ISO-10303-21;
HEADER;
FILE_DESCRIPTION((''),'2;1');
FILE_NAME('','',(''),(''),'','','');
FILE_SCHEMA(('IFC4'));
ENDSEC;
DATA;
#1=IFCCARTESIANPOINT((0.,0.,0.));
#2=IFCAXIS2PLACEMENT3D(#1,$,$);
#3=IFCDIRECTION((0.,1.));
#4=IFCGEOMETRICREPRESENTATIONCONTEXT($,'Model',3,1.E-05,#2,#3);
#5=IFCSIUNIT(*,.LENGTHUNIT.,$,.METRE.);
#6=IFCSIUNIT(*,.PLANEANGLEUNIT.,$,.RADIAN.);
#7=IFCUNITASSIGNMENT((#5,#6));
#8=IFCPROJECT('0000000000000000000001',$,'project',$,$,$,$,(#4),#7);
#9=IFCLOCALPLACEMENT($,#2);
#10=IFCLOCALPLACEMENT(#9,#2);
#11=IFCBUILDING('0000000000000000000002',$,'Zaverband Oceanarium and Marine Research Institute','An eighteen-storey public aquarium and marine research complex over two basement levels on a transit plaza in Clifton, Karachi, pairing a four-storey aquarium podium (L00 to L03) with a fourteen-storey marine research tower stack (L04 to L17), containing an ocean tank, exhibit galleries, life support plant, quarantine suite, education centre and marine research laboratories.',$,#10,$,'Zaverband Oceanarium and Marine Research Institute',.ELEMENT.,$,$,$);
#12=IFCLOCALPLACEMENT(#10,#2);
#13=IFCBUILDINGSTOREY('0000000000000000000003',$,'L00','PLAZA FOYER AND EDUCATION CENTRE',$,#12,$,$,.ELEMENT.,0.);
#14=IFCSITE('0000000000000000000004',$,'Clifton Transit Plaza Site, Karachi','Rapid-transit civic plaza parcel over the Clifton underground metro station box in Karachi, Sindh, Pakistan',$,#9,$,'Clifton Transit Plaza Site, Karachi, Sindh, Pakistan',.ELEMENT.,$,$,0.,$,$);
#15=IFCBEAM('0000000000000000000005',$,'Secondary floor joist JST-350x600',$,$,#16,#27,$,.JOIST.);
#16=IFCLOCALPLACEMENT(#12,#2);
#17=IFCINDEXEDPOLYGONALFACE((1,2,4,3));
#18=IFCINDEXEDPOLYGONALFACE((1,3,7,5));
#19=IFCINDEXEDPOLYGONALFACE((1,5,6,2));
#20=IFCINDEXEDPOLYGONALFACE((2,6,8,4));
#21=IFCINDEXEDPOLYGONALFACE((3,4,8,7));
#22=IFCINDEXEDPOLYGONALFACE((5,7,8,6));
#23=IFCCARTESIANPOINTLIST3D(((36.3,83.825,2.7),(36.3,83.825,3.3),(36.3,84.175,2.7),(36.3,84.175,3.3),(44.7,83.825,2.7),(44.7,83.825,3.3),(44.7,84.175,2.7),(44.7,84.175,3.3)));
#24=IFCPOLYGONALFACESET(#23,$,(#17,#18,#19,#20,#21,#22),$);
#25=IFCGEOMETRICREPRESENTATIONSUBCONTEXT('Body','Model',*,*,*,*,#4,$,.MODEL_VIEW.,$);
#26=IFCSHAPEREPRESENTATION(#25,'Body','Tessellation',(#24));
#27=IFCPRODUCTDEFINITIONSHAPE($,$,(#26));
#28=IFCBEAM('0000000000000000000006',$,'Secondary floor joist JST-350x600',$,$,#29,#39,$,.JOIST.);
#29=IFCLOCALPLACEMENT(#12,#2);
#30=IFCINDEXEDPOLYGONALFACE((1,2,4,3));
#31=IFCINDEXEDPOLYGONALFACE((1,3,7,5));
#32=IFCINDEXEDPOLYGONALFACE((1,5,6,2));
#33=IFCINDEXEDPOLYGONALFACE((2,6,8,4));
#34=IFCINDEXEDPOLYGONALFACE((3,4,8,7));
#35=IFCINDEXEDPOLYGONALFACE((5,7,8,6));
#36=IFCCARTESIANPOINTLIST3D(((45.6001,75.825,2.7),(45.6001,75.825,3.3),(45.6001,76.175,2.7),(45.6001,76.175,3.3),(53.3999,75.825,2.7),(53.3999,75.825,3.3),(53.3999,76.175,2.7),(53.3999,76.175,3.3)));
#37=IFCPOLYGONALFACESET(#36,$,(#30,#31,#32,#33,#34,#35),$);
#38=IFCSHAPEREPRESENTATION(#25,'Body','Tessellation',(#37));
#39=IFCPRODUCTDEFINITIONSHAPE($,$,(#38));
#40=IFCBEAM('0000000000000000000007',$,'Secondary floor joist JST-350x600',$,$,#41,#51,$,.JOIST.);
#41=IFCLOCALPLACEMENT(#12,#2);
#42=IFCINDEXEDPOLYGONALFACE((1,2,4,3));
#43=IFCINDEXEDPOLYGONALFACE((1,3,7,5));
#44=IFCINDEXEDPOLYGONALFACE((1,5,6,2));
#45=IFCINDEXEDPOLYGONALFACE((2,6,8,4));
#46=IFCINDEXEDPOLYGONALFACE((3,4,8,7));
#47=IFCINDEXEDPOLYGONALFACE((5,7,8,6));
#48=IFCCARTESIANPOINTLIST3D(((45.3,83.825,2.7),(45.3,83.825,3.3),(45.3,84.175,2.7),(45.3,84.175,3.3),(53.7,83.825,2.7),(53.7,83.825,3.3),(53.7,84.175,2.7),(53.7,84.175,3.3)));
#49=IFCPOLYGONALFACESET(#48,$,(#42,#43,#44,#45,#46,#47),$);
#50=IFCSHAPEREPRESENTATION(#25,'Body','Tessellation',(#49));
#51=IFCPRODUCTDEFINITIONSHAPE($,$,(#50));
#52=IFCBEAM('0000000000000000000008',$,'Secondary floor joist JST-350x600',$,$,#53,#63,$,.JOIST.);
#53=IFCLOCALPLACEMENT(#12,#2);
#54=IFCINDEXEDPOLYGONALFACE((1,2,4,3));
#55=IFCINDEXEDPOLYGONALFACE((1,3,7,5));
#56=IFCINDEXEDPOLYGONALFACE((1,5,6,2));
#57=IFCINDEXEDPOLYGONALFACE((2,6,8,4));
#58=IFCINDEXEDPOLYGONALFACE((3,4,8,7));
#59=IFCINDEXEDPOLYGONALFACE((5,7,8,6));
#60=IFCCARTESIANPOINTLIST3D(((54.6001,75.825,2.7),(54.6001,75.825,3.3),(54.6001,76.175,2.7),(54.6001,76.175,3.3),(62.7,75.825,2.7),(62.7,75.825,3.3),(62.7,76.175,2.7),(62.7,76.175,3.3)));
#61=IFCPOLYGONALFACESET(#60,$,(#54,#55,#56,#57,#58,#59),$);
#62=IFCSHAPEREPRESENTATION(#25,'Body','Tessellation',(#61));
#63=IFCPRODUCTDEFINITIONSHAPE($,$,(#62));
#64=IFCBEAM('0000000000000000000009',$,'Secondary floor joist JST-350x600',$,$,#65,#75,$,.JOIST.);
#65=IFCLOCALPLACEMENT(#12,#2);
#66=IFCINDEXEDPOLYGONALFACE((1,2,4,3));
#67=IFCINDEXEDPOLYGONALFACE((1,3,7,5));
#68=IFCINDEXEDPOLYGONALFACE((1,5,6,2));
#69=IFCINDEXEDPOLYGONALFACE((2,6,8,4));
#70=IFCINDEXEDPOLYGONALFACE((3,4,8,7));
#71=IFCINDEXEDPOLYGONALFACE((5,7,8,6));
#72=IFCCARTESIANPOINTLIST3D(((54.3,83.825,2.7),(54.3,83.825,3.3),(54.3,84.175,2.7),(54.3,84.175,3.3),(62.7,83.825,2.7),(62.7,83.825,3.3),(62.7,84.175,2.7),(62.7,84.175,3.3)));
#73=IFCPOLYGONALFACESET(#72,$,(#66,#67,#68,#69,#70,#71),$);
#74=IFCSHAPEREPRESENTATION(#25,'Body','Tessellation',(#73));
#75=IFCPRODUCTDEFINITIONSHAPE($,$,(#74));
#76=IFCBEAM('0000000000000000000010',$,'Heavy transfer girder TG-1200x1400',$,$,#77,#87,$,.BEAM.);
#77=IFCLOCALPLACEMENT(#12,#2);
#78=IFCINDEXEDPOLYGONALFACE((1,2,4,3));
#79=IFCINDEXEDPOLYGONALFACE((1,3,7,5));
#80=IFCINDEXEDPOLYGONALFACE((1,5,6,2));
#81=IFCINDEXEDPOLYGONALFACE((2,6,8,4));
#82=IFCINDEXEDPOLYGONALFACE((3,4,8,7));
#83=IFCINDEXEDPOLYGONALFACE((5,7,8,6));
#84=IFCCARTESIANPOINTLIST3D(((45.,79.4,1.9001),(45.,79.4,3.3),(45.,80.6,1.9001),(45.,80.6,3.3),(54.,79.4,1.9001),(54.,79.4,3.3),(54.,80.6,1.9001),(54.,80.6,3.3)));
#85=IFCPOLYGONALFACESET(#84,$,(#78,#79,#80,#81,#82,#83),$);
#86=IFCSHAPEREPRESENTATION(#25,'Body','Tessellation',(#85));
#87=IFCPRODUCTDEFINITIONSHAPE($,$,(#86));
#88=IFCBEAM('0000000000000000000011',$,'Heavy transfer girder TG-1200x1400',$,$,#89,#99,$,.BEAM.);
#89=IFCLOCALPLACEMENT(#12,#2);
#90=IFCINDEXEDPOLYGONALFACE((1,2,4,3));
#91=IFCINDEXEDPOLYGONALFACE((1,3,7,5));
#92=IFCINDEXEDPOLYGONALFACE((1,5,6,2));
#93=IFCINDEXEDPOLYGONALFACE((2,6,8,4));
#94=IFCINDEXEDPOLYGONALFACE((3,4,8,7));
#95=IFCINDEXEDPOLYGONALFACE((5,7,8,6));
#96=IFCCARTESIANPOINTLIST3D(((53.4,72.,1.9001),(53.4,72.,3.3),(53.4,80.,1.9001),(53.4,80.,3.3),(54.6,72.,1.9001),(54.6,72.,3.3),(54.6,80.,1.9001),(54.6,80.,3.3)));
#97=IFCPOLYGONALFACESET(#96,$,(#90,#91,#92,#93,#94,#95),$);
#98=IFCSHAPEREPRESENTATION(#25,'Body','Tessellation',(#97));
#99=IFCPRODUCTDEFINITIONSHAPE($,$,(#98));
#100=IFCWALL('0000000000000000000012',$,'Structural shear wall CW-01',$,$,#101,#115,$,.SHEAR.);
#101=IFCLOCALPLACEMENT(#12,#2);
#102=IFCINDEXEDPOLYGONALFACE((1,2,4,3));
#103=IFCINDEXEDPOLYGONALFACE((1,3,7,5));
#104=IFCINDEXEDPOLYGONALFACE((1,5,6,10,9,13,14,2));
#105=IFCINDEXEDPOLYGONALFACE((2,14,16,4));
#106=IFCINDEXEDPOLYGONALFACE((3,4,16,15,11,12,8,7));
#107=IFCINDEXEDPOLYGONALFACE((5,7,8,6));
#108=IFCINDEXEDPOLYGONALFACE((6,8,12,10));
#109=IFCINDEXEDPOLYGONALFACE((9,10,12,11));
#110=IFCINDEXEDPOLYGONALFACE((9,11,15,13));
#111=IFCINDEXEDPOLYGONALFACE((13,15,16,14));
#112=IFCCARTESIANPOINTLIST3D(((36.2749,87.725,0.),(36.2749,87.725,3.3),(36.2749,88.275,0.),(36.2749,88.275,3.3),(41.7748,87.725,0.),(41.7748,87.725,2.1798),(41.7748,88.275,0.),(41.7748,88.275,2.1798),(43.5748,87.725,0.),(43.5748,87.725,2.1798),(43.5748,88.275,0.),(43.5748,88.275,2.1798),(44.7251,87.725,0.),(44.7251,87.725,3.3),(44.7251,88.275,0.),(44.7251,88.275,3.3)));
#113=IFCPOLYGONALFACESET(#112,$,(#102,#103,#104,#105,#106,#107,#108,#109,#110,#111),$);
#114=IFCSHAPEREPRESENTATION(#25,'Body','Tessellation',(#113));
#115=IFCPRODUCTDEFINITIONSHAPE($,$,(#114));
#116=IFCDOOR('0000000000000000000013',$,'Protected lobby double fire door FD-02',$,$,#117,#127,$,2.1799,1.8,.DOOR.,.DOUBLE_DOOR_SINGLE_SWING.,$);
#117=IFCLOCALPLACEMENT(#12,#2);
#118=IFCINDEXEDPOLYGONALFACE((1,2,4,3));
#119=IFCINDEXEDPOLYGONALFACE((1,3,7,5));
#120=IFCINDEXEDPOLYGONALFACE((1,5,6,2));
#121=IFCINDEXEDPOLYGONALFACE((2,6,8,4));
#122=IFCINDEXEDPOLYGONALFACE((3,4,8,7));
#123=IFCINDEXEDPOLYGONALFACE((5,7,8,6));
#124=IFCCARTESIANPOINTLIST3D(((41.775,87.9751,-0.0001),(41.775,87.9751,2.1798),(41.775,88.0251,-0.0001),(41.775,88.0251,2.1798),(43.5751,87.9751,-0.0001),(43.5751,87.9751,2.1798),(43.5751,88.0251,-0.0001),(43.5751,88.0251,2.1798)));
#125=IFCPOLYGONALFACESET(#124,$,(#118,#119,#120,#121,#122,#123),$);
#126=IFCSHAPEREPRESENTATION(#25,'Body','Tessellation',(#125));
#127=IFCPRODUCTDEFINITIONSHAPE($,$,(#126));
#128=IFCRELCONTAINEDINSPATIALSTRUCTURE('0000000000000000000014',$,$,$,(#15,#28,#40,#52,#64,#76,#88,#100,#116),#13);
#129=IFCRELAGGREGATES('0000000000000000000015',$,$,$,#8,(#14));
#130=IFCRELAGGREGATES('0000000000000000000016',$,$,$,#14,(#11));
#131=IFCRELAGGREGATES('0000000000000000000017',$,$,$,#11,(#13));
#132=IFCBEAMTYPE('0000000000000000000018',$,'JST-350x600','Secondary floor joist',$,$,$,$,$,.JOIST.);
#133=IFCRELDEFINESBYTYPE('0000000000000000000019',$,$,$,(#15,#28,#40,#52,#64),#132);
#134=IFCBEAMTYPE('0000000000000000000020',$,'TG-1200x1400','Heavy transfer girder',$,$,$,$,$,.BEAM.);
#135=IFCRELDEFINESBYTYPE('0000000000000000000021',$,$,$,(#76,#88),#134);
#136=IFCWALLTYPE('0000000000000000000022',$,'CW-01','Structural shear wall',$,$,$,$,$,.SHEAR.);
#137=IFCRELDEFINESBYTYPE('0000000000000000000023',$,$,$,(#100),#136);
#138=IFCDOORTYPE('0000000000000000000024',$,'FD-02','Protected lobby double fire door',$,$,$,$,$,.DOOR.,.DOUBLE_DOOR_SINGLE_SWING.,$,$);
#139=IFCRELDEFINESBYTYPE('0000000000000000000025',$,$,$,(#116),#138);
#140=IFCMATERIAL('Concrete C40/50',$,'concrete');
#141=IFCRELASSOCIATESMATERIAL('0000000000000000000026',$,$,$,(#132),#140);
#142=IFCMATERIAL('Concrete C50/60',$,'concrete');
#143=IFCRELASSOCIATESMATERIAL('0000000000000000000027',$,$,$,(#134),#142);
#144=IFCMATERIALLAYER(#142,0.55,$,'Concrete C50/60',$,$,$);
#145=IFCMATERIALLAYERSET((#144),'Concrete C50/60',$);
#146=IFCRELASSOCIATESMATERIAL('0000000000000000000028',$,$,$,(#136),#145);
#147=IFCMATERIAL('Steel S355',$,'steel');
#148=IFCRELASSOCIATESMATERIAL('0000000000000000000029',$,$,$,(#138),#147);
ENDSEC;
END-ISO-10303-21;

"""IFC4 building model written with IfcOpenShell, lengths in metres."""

from ifc_helpers import new_model, si_unit, direction, frame, frame_2d, origin, origin_2d, place, context, subcontext, project, spatial, rectangle, extrude, material, layer, layer_set, material_profile, profile_set, type_object, element, fill, save


model = new_model("IFC4")

# Units and contexts
model_context = context("Model", 3, precision=1e-05, world=origin(), true_north=direction((0.0, 1.0)))
body_context = subcontext(model_context, "Body", "Model", "MODEL_VIEW")
ifc_project = project(units=[si_unit("LENGTHUNIT", "METRE"), si_unit("PLANEANGLEUNIT", "RADIAN")], contexts=[model_context])

# Site, building, storey
site_placement = place(None, origin())
site = spatial("IfcSite", under=ifc_project, at=site_placement, Name="Clifton Transit Plaza Site, Karachi", Description="Rapid-transit civic plaza parcel over the Clifton underground metro station box in Karachi, Sindh, Pakistan", LongName="Clifton Transit Plaza Site, Karachi, Sindh, Pakistan", CompositionType="ELEMENT", RefElevation=0.0)
building_placement = place(site_placement, origin())
building = spatial("IfcBuilding", under=site, at=building_placement, Name="Zaverband Oceanarium and Marine Research Institute", Description="An eighteen-storey public aquarium and marine research complex over two basement levels on a transit plaza in Clifton, Karachi, pairing a four-storey aquarium podium (L00 to L03) with a fourteen-storey marine research tower stack (L04 to L17), containing an ocean tank, exhibit galleries, life support plant, quarantine suite, education centre and marine research laboratories.", LongName="Zaverband Oceanarium and Marine Research Institute", CompositionType="ELEMENT")
storey_placement = place(building_placement, origin())
storey = spatial("IfcBuildingStorey", under=building, at=storey_placement, Name="L00", Description="PLAZA FOYER AND EDUCATION CENTRE", CompositionType="ELEMENT", Elevation=0.0)

# Shared definitions
ifc_material_1 = material(Name="Concrete C50/60", Category="concrete")

# Beams
ifc_material_2 = material(Name="Concrete C40/50", Category="concrete")
ifc_material_profile_1 = material_profile(ifc_material_2, rectangle(XDim=0.3501, YDim=0.6001, at=origin_2d()), Name="RC350x600")
ifc_profile_set_1 = profile_set([ifc_material_profile_1], Name="Concrete C40/50")
beam_type_1 = type_object("IfcBeamType", Name="JST-350x600", Description="Secondary floor joist", PredefinedType="JOIST", material=ifc_profile_set_1)
beam_1_placement = place(storey_placement, frame((36.3, 84.0, 3.0), z_axis=(1.0, 0.0, 0.0), x_axis=(0.0, 1.0, 0.0)))
element("IfcBeam", 1, at=beam_1_placement, inside=storey, type_object=beam_type_1, Name="Secondary floor joist JST-350x600", PredefinedType="JOIST", context=body_context, shape_type="SweptSolid", body=[
    extrude(rectangle(XDim=0.3501, YDim=0.6001, at=origin_2d()), origin(), (0.0, 0.0, 1.0), 8.3999),
])
beam_2_placement = place(storey_placement, frame((45.6001, 76.0, 3.0), z_axis=(1.0, 0.0, 0.0), x_axis=(0.0, 1.0, 0.0)))
element("IfcBeam", 2, at=beam_2_placement, inside=storey, type_object=beam_type_1, Name="Secondary floor joist JST-350x600", PredefinedType="JOIST", context=body_context, shape_type="SweptSolid", body=[
    extrude(rectangle(XDim=0.3501, YDim=0.6001, at=origin_2d()), origin(), (0.0, 0.0, 1.0), 7.7998),
])
beam_3_placement = place(storey_placement, frame((45.3, 84.0, 3.0), z_axis=(1.0, 0.0, 0.0), x_axis=(0.0, 1.0, 0.0)))
element("IfcBeam", 3, at=beam_3_placement, inside=storey, type_object=beam_type_1, Name="Secondary floor joist JST-350x600", PredefinedType="JOIST", context=body_context, shape_type="SweptSolid", body=[
    extrude(rectangle(XDim=0.3501, YDim=0.6001, at=origin_2d()), origin(), (0.0, 0.0, 1.0), 8.3999),
])
beam_4_placement = place(storey_placement, frame((54.6001, 76.0, 3.0), z_axis=(1.0, 0.0, 0.0), x_axis=(0.0, 1.0, 0.0)))
element("IfcBeam", 4, at=beam_4_placement, inside=storey, type_object=beam_type_1, Name="Secondary floor joist JST-350x600", PredefinedType="JOIST", context=body_context, shape_type="SweptSolid", body=[
    extrude(rectangle(XDim=0.3501, YDim=0.6001, at=origin_2d()), origin(), (0.0, 0.0, 1.0), 8.0999),
])
beam_5_placement = place(storey_placement, frame((54.3, 84.0, 3.0), z_axis=(1.0, 0.0, 0.0), x_axis=(0.0, 1.0, 0.0)))
element("IfcBeam", 5, at=beam_5_placement, inside=storey, type_object=beam_type_1, Name="Secondary floor joist JST-350x600", PredefinedType="JOIST", context=body_context, shape_type="SweptSolid", body=[
    extrude(rectangle(XDim=0.3501, YDim=0.6001, at=origin_2d()), origin(), (0.0, 0.0, 1.0), 8.3999),
])
ifc_material_profile_2 = material_profile(ifc_material_1, rectangle(XDim=1.2, YDim=1.3999, at=origin_2d()), Name="RC1200x1400")
ifc_profile_set_2 = profile_set([ifc_material_profile_2], Name="Concrete C50/60")
beam_type_2 = type_object("IfcBeamType", Name="TG-1200x1400", Description="Heavy transfer girder", PredefinedType="BEAM", material=ifc_profile_set_2)
beam_6_placement = place(storey_placement, frame((45.0, 80.0, 2.6001), z_axis=(1.0, 0.0, 0.0), x_axis=(0.0, 1.0, 0.0)))
element("IfcBeam", 6, at=beam_6_placement, inside=storey, type_object=beam_type_2, Name="Heavy transfer girder TG-1200x1400", PredefinedType="BEAM", context=body_context, shape_type="SweptSolid", body=[
    extrude(rectangle(XDim=1.2, YDim=1.3999, at=origin_2d()), origin(), (0.0, 0.0, 1.0), 9.0),
])
beam_7_placement = place(storey_placement, frame((54.0, 72.0, 2.6001), z_axis=(0.0, 1.0, 0.0), x_axis=(-1.0, 0.0, 0.0)))
element("IfcBeam", 7, at=beam_7_placement, inside=storey, type_object=beam_type_2, Name="Heavy transfer girder TG-1200x1400", PredefinedType="BEAM", context=body_context, shape_type="SweptSolid", body=[
    extrude(rectangle(XDim=1.2, YDim=1.3999, at=origin_2d()), origin(), (0.0, 0.0, 1.0), 8.0),
])

# Wall, opening, door
ifc_layer = layer(ifc_material_1, 0.55, Name="Concrete C50/60")
ifc_layer_set = layer_set([ifc_layer], Name="Concrete C50/60")
wall_type = type_object("IfcWallType", Name="CW-01", Description="Structural shear wall", PredefinedType="SHEAR", material=ifc_layer_set)
wall_placement = place(storey_placement, frame((36.2749, 88.0, 0.0), z_axis=(0.0, 0.0, 1.0), x_axis=(1.0, 0.0, 0.0)))
wall = element("IfcWall", 8, at=wall_placement, inside=storey, type_object=wall_type, Name="Structural shear wall CW-01", PredefinedType="SHEAR", context=body_context, shape_type="SweptSolid", body=[
    extrude(rectangle(XDim=8.4502, YDim=0.55, at=frame_2d((4.2251, 0.0))), origin(), (0.0, 0.0, 1.0), 3.3),
])
opening_placement = place(wall_placement, frame((5.5, 0.0, 0.0)))
opening = element("IfcOpeningElement", 9, at=opening_placement, cuts=wall, PredefinedType="OPENING", context=body_context, shape_type="SweptSolid", body=[
    extrude(rectangle(XDim=1.8, YDim=2.1799, at=frame_2d((0.8999, 1.0898))), frame((0.0, 0.2871, 0.0), z_axis=(0.0, -1.0, 0.0), x_axis=(1.0, 0.0, 0.0)), (0.0, 0.0, 1.0), 0.574),
])
ifc_material_3 = material(Name="Steel S355", Category="steel")
door_type = type_object("IfcDoorType", Name="FD-02", Description="Protected lobby double fire door", OperationType="DOUBLE_DOOR_SINGLE_SWING", PredefinedType="DOOR", material=ifc_material_3)
door_placement = place(opening_placement, frame((1.8, 0.0, 0.0), z_axis=(0.0, 0.0, 1.0), x_axis=(-1.0, 0.0, 0.0)))
door = element("IfcDoor", 10, at=door_placement, inside=storey, type_object=door_type, Name="Protected lobby double fire door FD-02", OperationType="DOUBLE_DOOR_SINGLE_SWING", OverallHeight=2.1799, OverallWidth=1.8, PredefinedType="DOOR", context=body_context, shape_type="SweptSolid", body=[
    extrude(rectangle(XDim=1.8, YDim=2.1799, at=frame_2d((0.8999, 1.0898))), frame((0.0, 0.0249, 0.0), z_axis=(0.0, -1.0, 0.0), x_axis=(1.0, 0.0, 0.0)), (0.0, 0.0, 1.0), 0.05),
])
fill(opening, door)

save(model, "model.ifc")
